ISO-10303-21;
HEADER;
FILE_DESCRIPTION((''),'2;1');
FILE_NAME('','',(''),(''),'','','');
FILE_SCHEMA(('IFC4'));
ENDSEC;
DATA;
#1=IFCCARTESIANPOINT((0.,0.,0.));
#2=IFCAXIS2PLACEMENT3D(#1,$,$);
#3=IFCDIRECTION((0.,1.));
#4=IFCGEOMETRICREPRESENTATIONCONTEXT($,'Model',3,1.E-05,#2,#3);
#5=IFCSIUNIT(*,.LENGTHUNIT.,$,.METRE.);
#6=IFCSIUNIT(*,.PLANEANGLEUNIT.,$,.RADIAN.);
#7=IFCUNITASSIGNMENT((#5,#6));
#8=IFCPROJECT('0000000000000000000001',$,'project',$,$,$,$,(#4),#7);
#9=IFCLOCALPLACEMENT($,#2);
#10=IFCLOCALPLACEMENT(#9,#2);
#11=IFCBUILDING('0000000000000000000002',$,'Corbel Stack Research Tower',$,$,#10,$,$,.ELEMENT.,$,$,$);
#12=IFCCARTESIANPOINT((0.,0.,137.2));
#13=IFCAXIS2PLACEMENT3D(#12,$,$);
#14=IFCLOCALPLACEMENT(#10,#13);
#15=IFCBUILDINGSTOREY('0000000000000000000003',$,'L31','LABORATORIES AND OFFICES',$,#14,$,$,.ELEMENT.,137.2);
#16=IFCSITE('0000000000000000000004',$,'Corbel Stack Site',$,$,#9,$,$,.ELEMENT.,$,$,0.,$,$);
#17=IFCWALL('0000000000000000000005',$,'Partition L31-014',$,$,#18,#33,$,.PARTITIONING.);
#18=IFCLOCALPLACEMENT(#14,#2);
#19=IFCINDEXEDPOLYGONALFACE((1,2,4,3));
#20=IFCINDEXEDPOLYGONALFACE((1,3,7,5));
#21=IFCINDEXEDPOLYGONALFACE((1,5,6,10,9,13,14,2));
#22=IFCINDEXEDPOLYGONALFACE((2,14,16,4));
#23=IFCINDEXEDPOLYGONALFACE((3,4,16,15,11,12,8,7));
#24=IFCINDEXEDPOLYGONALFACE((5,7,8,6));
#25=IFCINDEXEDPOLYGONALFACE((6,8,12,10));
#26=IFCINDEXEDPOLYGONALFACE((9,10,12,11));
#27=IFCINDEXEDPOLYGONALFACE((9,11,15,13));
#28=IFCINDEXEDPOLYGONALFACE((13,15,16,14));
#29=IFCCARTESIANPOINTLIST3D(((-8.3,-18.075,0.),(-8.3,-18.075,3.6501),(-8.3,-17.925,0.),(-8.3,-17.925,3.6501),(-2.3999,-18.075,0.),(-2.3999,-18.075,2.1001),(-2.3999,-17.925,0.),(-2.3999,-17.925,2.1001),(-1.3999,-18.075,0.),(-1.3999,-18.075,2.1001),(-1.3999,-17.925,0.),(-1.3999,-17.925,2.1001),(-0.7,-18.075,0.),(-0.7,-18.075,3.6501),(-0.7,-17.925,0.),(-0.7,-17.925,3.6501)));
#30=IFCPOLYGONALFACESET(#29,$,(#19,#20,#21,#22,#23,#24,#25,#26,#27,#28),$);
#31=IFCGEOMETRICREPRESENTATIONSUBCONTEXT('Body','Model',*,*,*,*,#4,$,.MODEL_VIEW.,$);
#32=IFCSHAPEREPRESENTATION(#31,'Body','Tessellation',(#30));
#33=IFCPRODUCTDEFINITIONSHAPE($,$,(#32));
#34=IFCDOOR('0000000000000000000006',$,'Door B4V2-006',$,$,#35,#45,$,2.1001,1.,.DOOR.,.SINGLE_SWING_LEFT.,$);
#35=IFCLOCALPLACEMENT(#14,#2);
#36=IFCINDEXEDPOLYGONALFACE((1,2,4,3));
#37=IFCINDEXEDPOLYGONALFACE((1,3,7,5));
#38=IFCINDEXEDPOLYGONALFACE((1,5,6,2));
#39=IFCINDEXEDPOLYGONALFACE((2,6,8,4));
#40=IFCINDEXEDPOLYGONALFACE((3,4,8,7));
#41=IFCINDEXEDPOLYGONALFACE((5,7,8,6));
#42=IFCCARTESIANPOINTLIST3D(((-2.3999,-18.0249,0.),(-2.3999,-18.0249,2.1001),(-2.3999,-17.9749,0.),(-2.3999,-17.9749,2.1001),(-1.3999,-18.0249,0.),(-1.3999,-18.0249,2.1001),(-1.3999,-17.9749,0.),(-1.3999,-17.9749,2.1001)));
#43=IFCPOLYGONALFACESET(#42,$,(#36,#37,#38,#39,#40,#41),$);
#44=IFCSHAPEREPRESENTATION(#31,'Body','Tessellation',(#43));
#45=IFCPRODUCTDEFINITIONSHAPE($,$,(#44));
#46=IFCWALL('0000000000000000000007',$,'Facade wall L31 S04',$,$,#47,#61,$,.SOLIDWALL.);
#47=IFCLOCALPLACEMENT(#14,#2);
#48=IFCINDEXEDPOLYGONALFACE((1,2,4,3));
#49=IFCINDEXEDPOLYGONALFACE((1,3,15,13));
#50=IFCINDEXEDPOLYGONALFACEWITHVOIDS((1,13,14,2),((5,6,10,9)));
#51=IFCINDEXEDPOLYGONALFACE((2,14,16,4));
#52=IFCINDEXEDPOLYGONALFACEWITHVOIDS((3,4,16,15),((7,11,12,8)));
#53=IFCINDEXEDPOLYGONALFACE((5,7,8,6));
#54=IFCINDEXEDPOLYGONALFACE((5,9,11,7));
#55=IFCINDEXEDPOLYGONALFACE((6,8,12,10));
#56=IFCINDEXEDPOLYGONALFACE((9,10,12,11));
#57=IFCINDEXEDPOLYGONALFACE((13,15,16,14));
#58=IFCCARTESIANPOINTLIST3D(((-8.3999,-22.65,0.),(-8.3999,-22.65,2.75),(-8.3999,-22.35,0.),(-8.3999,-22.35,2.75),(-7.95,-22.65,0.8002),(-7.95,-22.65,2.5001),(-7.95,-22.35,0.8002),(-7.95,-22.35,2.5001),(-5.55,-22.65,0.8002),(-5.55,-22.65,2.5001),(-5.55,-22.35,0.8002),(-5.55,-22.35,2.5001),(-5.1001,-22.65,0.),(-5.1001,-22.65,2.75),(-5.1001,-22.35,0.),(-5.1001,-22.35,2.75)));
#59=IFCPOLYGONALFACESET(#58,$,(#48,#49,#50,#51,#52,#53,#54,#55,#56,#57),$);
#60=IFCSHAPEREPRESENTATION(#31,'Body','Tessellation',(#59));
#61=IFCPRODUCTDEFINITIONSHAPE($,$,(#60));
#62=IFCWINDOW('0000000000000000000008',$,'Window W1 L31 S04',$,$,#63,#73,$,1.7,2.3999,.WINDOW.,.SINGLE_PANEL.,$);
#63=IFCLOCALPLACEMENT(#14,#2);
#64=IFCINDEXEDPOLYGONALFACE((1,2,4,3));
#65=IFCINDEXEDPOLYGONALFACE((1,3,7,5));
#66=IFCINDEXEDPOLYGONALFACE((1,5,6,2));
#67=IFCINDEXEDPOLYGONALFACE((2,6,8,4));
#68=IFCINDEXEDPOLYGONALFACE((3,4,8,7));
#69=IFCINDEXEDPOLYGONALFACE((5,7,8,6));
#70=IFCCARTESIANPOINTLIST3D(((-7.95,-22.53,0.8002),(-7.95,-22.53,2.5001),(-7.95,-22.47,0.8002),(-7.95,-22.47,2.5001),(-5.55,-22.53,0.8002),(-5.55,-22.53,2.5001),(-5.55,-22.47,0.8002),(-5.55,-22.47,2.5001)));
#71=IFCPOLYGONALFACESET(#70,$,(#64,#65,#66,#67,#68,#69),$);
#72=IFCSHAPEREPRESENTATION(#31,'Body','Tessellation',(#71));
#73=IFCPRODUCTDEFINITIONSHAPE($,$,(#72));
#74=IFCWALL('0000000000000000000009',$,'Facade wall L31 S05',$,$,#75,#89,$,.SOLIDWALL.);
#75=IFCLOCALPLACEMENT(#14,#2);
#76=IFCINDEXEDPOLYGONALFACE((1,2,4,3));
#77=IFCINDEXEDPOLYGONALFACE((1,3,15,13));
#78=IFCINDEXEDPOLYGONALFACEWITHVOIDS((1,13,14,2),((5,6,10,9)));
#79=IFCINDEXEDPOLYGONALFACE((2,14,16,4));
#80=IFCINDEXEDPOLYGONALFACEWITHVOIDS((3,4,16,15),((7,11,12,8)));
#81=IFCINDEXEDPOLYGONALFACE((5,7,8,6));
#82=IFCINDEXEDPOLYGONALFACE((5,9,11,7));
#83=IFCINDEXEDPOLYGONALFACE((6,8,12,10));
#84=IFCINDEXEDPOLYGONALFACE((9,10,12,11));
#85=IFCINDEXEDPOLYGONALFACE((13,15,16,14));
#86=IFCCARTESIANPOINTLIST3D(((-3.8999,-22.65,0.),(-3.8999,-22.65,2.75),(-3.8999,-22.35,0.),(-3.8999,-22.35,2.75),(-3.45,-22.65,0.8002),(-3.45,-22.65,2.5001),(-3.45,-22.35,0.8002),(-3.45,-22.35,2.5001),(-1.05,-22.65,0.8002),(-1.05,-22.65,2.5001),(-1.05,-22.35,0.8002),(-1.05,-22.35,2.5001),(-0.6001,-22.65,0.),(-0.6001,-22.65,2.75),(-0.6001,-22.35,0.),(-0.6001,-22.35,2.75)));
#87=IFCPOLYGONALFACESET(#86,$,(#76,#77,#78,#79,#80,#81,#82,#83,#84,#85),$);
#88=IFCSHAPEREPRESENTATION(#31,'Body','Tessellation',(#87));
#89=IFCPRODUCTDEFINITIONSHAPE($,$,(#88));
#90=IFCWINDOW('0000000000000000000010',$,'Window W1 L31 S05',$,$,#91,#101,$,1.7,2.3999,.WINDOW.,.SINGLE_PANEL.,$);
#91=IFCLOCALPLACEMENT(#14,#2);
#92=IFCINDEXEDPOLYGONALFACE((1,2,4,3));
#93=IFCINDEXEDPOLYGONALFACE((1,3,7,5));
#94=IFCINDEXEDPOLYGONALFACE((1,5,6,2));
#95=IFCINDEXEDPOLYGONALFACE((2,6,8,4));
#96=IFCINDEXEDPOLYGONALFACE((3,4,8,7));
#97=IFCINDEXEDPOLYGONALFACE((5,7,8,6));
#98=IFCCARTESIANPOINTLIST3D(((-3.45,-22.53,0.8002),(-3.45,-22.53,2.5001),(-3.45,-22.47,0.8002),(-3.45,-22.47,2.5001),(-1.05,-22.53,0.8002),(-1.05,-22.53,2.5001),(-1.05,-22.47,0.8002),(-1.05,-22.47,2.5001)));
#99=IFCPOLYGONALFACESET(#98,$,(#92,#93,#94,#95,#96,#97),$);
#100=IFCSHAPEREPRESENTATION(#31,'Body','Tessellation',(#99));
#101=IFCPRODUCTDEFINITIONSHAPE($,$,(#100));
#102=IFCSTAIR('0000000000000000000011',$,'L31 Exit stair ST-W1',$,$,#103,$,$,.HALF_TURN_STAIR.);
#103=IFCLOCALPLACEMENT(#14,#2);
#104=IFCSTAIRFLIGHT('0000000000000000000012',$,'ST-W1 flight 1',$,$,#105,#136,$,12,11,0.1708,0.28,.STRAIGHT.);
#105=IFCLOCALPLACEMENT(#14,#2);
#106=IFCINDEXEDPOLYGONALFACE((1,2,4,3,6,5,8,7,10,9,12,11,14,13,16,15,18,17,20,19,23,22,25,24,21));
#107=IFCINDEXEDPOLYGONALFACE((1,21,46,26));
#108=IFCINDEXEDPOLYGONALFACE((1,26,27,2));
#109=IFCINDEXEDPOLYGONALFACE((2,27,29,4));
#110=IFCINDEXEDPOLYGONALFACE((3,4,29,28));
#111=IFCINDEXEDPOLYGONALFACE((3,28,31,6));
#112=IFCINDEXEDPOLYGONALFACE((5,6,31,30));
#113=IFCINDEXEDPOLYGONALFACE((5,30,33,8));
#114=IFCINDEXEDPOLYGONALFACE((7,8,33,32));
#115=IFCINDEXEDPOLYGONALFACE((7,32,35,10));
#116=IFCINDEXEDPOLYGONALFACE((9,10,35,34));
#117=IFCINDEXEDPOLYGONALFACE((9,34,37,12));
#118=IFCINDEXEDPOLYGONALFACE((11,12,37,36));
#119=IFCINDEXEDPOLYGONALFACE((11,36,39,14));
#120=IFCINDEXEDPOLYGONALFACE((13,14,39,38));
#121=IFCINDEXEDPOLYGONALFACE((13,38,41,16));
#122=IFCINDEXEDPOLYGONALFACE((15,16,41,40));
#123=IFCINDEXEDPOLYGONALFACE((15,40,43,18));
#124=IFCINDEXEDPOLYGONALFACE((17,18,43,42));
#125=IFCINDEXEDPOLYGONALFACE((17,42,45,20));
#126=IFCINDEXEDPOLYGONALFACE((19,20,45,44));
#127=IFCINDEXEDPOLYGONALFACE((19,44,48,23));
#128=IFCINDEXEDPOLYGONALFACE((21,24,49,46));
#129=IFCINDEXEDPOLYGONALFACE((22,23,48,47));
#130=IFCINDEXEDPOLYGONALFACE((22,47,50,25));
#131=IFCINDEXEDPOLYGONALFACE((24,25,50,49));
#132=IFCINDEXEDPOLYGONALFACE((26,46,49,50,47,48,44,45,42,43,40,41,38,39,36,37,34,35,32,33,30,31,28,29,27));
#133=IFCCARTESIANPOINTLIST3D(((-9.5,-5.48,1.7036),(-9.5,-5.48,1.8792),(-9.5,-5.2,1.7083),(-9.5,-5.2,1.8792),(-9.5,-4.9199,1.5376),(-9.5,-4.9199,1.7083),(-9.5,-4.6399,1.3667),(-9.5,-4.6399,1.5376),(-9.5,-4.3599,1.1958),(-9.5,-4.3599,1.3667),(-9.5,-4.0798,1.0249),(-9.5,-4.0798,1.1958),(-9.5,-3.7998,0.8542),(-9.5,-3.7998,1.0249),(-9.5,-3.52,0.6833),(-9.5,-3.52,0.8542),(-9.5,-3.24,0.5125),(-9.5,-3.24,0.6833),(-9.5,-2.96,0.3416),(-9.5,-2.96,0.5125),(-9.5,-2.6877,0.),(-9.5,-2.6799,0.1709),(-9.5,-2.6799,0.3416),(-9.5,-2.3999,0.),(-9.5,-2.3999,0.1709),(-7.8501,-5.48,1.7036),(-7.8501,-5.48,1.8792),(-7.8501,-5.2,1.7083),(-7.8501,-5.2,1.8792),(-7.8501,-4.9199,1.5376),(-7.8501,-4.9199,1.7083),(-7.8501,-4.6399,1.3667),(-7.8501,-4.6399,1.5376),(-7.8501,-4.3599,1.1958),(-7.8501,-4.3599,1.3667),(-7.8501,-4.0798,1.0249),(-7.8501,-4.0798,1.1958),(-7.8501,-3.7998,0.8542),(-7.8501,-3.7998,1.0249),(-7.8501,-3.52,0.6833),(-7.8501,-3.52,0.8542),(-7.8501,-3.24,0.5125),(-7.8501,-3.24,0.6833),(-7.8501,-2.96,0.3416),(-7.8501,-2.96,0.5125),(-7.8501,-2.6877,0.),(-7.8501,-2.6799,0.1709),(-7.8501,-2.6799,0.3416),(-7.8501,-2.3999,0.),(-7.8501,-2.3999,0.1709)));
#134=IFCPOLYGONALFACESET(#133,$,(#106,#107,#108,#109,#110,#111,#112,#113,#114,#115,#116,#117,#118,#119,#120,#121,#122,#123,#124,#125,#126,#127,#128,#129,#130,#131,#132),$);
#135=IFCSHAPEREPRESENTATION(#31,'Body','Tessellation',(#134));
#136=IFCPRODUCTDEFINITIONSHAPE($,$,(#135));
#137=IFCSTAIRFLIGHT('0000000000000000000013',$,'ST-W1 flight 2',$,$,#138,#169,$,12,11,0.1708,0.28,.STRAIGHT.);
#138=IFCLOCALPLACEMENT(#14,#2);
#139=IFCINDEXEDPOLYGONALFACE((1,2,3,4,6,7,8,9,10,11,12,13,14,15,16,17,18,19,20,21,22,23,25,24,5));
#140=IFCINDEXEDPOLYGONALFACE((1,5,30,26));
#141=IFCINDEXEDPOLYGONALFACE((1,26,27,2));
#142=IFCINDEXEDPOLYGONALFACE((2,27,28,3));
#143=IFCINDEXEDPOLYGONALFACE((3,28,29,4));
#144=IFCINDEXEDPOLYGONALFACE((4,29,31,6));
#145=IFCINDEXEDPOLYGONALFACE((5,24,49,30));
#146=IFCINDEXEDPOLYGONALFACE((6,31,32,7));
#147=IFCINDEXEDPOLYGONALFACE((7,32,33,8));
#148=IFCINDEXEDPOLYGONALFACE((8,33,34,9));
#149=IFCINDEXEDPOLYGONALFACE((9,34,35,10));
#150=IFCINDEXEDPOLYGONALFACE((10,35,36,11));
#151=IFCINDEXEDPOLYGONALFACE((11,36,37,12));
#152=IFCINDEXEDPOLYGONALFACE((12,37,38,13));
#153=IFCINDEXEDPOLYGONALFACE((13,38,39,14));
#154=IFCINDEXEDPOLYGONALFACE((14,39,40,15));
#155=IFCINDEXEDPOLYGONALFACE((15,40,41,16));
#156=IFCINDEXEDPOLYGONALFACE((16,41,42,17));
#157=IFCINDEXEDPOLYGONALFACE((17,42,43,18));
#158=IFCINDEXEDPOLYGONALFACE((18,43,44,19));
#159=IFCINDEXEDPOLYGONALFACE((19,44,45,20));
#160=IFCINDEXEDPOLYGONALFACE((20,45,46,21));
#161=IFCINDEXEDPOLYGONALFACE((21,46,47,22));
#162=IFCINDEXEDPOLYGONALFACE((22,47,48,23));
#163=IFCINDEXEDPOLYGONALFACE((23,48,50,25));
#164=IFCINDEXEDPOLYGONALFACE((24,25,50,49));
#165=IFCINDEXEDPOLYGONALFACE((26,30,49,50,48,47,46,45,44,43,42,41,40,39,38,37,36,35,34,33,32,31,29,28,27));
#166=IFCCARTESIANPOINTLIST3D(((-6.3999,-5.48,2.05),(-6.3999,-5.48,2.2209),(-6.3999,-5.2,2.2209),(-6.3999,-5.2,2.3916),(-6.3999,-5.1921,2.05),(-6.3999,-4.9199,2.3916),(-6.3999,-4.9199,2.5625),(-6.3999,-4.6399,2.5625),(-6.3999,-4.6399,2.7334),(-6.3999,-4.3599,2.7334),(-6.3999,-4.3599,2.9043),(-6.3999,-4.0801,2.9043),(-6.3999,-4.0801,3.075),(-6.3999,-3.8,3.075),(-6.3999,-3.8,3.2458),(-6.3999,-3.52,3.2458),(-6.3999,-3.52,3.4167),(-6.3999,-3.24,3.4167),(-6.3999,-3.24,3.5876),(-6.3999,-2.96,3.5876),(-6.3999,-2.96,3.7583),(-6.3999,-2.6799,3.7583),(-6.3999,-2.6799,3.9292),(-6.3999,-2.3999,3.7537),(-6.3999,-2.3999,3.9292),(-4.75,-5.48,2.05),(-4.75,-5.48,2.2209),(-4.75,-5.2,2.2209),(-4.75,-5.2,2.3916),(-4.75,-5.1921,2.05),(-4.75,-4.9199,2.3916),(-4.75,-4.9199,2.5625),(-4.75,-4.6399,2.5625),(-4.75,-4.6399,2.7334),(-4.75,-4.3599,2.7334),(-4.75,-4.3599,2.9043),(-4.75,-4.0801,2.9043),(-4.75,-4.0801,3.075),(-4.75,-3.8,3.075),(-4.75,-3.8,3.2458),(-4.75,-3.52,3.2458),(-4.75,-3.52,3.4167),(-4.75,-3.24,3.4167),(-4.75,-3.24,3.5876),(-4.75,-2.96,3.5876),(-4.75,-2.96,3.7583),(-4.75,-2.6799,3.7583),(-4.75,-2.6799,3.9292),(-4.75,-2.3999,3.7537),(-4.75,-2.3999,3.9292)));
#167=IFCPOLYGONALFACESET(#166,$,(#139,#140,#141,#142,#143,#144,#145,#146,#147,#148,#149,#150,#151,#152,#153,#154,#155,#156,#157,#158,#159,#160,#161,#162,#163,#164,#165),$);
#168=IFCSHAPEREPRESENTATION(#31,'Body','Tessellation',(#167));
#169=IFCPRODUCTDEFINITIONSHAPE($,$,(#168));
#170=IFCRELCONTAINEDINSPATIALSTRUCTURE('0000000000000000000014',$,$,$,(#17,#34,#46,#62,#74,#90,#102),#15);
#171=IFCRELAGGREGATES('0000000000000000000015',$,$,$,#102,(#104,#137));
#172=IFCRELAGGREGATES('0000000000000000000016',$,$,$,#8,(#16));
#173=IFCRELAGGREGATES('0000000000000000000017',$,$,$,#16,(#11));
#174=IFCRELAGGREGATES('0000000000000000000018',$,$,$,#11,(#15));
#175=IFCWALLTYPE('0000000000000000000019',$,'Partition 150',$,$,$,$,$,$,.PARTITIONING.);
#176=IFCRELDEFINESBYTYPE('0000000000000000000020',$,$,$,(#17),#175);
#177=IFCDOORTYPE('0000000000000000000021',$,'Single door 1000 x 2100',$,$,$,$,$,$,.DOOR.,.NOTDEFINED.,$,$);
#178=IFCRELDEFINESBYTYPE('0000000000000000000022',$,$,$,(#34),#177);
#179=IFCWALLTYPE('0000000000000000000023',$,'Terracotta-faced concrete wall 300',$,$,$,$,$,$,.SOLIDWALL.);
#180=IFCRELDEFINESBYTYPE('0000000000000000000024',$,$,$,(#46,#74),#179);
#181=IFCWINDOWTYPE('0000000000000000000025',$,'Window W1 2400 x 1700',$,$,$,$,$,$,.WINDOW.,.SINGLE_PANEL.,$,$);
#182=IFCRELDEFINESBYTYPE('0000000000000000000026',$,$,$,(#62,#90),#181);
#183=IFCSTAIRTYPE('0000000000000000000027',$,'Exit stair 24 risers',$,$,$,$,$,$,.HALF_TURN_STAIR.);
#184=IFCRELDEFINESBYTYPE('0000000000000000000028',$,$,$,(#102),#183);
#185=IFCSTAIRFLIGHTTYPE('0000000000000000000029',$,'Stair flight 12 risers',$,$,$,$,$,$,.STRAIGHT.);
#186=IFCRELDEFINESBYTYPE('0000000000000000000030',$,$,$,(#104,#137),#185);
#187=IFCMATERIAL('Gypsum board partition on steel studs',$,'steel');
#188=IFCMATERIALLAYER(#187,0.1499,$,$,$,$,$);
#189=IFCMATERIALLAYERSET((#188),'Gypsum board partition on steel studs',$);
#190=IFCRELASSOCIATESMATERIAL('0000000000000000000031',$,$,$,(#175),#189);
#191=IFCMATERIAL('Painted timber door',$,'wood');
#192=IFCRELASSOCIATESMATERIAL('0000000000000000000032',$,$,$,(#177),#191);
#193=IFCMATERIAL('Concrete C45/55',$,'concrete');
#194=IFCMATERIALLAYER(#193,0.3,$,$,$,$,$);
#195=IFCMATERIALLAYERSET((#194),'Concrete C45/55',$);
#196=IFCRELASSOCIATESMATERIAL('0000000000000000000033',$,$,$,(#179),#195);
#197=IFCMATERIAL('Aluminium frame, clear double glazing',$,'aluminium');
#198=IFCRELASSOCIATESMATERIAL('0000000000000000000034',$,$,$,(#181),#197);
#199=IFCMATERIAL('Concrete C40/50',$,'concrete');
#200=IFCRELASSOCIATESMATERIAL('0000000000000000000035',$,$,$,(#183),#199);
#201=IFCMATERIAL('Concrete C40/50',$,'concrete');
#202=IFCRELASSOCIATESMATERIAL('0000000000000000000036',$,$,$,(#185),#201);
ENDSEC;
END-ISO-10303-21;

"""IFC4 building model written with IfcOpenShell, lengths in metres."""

from ifc_helpers import new_model, si_unit, direction, frame, frame_2d, origin, place, context, subcontext, project, spatial, polyline, rectangle, outline, extrude, material, layer, layer_set, type_object, element, fill, aggregate, save


model = new_model("IFC4")

# Units and contexts
model_context = context("Model", 3, precision=1e-05, world=origin(), true_north=direction((0.0, 1.0)))
body_context = subcontext(model_context, "Body", "Model", "MODEL_VIEW")
ifc_project = project(units=[si_unit("LENGTHUNIT", "METRE"), si_unit("PLANEANGLEUNIT", "RADIAN")], contexts=[model_context])

# Site, building, storey
site_placement = place(None, origin())
site = spatial("IfcSite", under=ifc_project, at=site_placement, Name="Corbel Stack Site", CompositionType="ELEMENT", RefElevation=0.0)
building_placement = place(site_placement, origin())
building = spatial("IfcBuilding", under=site, at=building_placement, Name="Corbel Stack Research Tower", CompositionType="ELEMENT")
storey_placement = place(building_placement, frame((0.0, 0.0, 137.2)))
storey = spatial("IfcBuildingStorey", under=building, at=storey_placement, Name="L31", Description="LABORATORIES AND OFFICES", CompositionType="ELEMENT", Elevation=137.2)

# Wall, opening, door
ifc_material_1 = material(Name="Gypsum board partition on steel studs", Category="steel")
ifc_layer_1 = layer(ifc_material_1, 0.1499)
ifc_layer_set_1 = layer_set([ifc_layer_1], Name="Gypsum board partition on steel studs")
wall_type_1 = type_object("IfcWallType", Name="Partition 150", PredefinedType="PARTITIONING", material=ifc_layer_set_1)
wall_1_placement = place(storey_placement, frame((-0.7, -18.0, 0.0), z_axis=(0.0, 0.0, 1.0), x_axis=(-1.0, 0.0, 0.0)))
wall_1 = element("IfcWall", 1, at=wall_1_placement, inside=storey, type_object=wall_type_1, Name="Partition L31-014", PredefinedType="PARTITIONING", context=body_context, shape_type="SweptSolid", body=[
    extrude(rectangle(XDim=7.6001, YDim=0.1499, at=frame_2d((3.8, 0.0))), origin(), (0.0, 0.0, 1.0), 3.6501),
])
opening_1_placement = place(wall_1_placement, frame((0.7, 0.0, 0.0)))
opening_1 = element("IfcOpeningElement", 2, at=opening_1_placement, cuts=wall_1, PredefinedType="OPENING", context=body_context, shape_type="SweptSolid", body=[
    extrude(rectangle(XDim=1.0, YDim=2.1001, at=frame_2d((0.5, 1.05))), frame((0.0, 0.085, 0.0), z_axis=(0.0, -1.0, 0.0), x_axis=(1.0, 0.0, 0.0)), (0.0, 0.0, 1.0), 0.1699),
])
ifc_material_2 = material(Name="Painted timber door", Category="wood")
door_type_1 = type_object("IfcDoorType", Name="Single door 1000 x 2100", OperationType="NOTDEFINED", PredefinedType="DOOR", material=ifc_material_2)
door_1_placement = place(opening_1_placement, origin())
door_1 = element("IfcDoor", 3, at=door_1_placement, inside=storey, type_object=door_type_1, Name="Door B4V2-006", OperationType="SINGLE_SWING_LEFT", OverallHeight=2.1001, OverallWidth=1.0, PredefinedType="DOOR", context=body_context, shape_type="SweptSolid", body=[
    extrude(rectangle(XDim=1.0, YDim=2.1001, at=frame_2d((0.5, 1.05))), frame((0.0, 0.0249, 0.0), z_axis=(0.0, -1.0, 0.0), x_axis=(1.0, 0.0, 0.0)), (0.0, 0.0, 1.0), 0.05),
])
fill(opening_1, door_1)

# Walls, openings, windows
ifc_material_3 = material(Name="Concrete C45/55", Category="concrete")
ifc_layer_2 = layer(ifc_material_3, 0.3)
ifc_layer_set_2 = layer_set([ifc_layer_2], Name="Concrete C45/55")
wall_type_2 = type_object("IfcWallType", Name="Terracotta-faced concrete wall 300", PredefinedType="SOLIDWALL", material=ifc_layer_set_2)
wall_2_placement = place(storey_placement, frame((-5.1001, -22.5, 0.0), z_axis=(0.0, 0.0, 1.0), x_axis=(-1.0, 0.0, 0.0)))
wall_2 = element("IfcWall", 4, at=wall_2_placement, inside=storey, type_object=wall_type_2, Name="Facade wall L31 S04", PredefinedType="SOLIDWALL", context=body_context, shape_type="SweptSolid", body=[
    extrude(rectangle(XDim=3.2998, YDim=0.3, at=frame_2d((1.6499, 0.0))), origin(), (0.0, 0.0, 1.0), 2.75),
])
opening_2_placement = place(wall_2_placement, frame((0.45, 0.0, 0.8)))
opening_2 = element("IfcOpeningElement", 5, at=opening_2_placement, cuts=wall_2, PredefinedType="OPENING", context=body_context, shape_type="SweptSolid", body=[
    extrude(rectangle(XDim=2.3999, YDim=1.7, at=frame_2d((1.2, 0.8501))), frame((0.0, 0.1599, 0.0), z_axis=(0.0, -1.0, 0.0), x_axis=(1.0, 0.0, 0.0)), (0.0, 0.0, 1.0), 0.3201),
])
ifc_material_4 = material(Name="Aluminium frame, clear double glazing", Category="aluminium")
window_type = type_object("IfcWindowType", Name="Window W1 2400 x 1700", PartitioningType="SINGLE_PANEL", PredefinedType="WINDOW", material=ifc_material_4)
window_1_placement = place(opening_2_placement, origin())
window_1 = element("IfcWindow", 6, at=window_1_placement, inside=storey, type_object=window_type, Name="Window W1 L31 S04", OverallHeight=1.7, OverallWidth=2.3999, PartitioningType="SINGLE_PANEL", PredefinedType="WINDOW", context=body_context, shape_type="SweptSolid", body=[
    extrude(rectangle(XDim=2.3999, YDim=1.7, at=frame_2d((1.2, 0.8501))), frame((0.0, 0.03, 0.0), z_axis=(0.0, -1.0, 0.0), x_axis=(1.0, 0.0, 0.0)), (0.0, 0.0, 1.0), 0.0601),
])
fill(opening_2, window_1)
wall_3_placement = place(storey_placement, frame((-0.6001, -22.5, 0.0), z_axis=(0.0, 0.0, 1.0), x_axis=(-1.0, 0.0, 0.0)))
wall_3 = element("IfcWall", 7, at=wall_3_placement, inside=storey, type_object=wall_type_2, Name="Facade wall L31 S05", PredefinedType="SOLIDWALL", context=body_context, shape_type="SweptSolid", body=[
    extrude(rectangle(XDim=3.2998, YDim=0.3, at=frame_2d((1.6499, 0.0))), origin(), (0.0, 0.0, 1.0), 2.75),
])
opening_3_placement = place(wall_3_placement, frame((0.45, 0.0, 0.8)))
opening_3 = element("IfcOpeningElement", 8, at=opening_3_placement, cuts=wall_3, PredefinedType="OPENING", context=body_context, shape_type="SweptSolid", body=[
    extrude(rectangle(XDim=2.3999, YDim=1.7, at=frame_2d((1.2, 0.8501))), frame((0.0, 0.1599, 0.0), z_axis=(0.0, -1.0, 0.0), x_axis=(1.0, 0.0, 0.0)), (0.0, 0.0, 1.0), 0.3201),
])
window_2_placement = place(opening_3_placement, origin())
window_2 = element("IfcWindow", 9, at=window_2_placement, inside=storey, type_object=window_type, Name="Window W1 L31 S05", OverallHeight=1.7, OverallWidth=2.3999, PartitioningType="SINGLE_PANEL", PredefinedType="WINDOW", context=body_context, shape_type="SweptSolid", body=[
    extrude(rectangle(XDim=2.3999, YDim=1.7, at=frame_2d((1.2, 0.8501))), frame((0.0, 0.03, 0.0), z_axis=(0.0, -1.0, 0.0), x_axis=(1.0, 0.0, 0.0)), (0.0, 0.0, 1.0), 0.0601),
])
fill(opening_3, window_2)

# Stair, stair flights
ifc_material_5 = material(Name="Concrete C40/50", Category="concrete")
stair_type = type_object("IfcStairType", Name="Exit stair 24 risers", PredefinedType="HALF_TURN_STAIR", material=ifc_material_5)
stair_placement = place(storey_placement, origin())
stair = element("IfcStair", 10, at=stair_placement, inside=storey, type_object=stair_type, Name="L31 Exit stair ST-W1", PredefinedType="HALF_TURN_STAIR")
ifc_material_6 = material(Name="Concrete C40/50", Category="concrete")
stair_flight_type = type_object("IfcStairFlightType", Name="Stair flight 12 risers", PredefinedType="STRAIGHT", material=ifc_material_6)
stair_flight_1_placement = place(storey_placement, frame((-8.675, -2.3999, 0.0), z_axis=(0.0, 0.0, 1.0), x_axis=(0.0, -1.0, 0.0)))
stair_flight_1 = element("IfcStairFlight", 11, at=stair_flight_1_placement, type_object=stair_flight_type, Name="ST-W1 flight 1", NumberOfRisers=12, NumberOfTreads=11, PredefinedType="STRAIGHT", RiserHeight=0.1708, TreadLength=0.28, context=body_context, shape_type="SweptSolid", body=[
    extrude(outline(polyline([(0.0, 0.0), (0.0, 0.1709), (0.28, 0.1709), (0.28, 0.3416), (0.5601, 0.3416), (0.5601, 0.5125), (0.8401, 0.5125), (0.8401, 0.6833), (1.1201, 0.6833), (1.1201, 0.8542), (1.3999, 0.8542), (1.3999, 1.0249), (1.6799, 1.0249), (1.6799, 1.1958), (1.96, 1.1958), (1.96, 1.3667), (2.24, 1.3667), (2.24, 1.5376), (2.52, 1.5376), (2.52, 1.7083), (2.8, 1.7083), (2.8, 1.8792), (3.0801, 1.8792), (3.0801, 2.05), (3.0801, 1.7036), (0.2878, 0.0), (0.0, 0.0)])), frame((0.0, 0.825, 0.0), z_axis=(0.0, -1.0, 0.0), x_axis=(1.0, 0.0, 0.0)), (0.0, 0.0, 1.0), 1.6499),
])
stair_flight_2_placement = place(storey_placement, frame((-5.575, -5.48, 2.05), z_axis=(0.0, 0.0, 1.0), x_axis=(0.0, 1.0, 0.0)))
stair_flight_2 = element("IfcStairFlight", 12, at=stair_flight_2_placement, type_object=stair_flight_type, Name="ST-W1 flight 2", NumberOfRisers=12, NumberOfTreads=11, PredefinedType="STRAIGHT", RiserHeight=0.1708, TreadLength=0.28, context=body_context, shape_type="SweptSolid", body=[
    extrude(outline(polyline([(0.0, 0.0), (0.0, 0.1709), (0.28, 0.1709), (0.28, 0.3416), (0.5601, 0.3416), (0.5601, 0.5125), (0.8401, 0.5125), (0.8401, 0.6833), (1.1201, 0.6833), (1.1201, 0.8542), (1.3999, 0.8542), (1.3999, 1.0249), (1.6799, 1.0249), (1.6799, 1.1958), (1.96, 1.1958), (1.96, 1.3667), (2.24, 1.3667), (2.24, 1.5376), (2.52, 1.5376), (2.52, 1.7083), (2.8, 1.7083), (2.8, 1.8792), (3.0801, 1.8792), (3.0801, 2.05), (3.0801, 1.7036), (0.2878, 0.0), (0.0, 0.0)])), frame((0.0, 0.825, 0.0), z_axis=(0.0, -1.0, 0.0), x_axis=(1.0, 0.0, 0.0)), (0.0, 0.0, 1.0), 1.6499),
])
aggregate(stair, [stair_flight_1, stair_flight_2])

save(model, "model.ifc")
